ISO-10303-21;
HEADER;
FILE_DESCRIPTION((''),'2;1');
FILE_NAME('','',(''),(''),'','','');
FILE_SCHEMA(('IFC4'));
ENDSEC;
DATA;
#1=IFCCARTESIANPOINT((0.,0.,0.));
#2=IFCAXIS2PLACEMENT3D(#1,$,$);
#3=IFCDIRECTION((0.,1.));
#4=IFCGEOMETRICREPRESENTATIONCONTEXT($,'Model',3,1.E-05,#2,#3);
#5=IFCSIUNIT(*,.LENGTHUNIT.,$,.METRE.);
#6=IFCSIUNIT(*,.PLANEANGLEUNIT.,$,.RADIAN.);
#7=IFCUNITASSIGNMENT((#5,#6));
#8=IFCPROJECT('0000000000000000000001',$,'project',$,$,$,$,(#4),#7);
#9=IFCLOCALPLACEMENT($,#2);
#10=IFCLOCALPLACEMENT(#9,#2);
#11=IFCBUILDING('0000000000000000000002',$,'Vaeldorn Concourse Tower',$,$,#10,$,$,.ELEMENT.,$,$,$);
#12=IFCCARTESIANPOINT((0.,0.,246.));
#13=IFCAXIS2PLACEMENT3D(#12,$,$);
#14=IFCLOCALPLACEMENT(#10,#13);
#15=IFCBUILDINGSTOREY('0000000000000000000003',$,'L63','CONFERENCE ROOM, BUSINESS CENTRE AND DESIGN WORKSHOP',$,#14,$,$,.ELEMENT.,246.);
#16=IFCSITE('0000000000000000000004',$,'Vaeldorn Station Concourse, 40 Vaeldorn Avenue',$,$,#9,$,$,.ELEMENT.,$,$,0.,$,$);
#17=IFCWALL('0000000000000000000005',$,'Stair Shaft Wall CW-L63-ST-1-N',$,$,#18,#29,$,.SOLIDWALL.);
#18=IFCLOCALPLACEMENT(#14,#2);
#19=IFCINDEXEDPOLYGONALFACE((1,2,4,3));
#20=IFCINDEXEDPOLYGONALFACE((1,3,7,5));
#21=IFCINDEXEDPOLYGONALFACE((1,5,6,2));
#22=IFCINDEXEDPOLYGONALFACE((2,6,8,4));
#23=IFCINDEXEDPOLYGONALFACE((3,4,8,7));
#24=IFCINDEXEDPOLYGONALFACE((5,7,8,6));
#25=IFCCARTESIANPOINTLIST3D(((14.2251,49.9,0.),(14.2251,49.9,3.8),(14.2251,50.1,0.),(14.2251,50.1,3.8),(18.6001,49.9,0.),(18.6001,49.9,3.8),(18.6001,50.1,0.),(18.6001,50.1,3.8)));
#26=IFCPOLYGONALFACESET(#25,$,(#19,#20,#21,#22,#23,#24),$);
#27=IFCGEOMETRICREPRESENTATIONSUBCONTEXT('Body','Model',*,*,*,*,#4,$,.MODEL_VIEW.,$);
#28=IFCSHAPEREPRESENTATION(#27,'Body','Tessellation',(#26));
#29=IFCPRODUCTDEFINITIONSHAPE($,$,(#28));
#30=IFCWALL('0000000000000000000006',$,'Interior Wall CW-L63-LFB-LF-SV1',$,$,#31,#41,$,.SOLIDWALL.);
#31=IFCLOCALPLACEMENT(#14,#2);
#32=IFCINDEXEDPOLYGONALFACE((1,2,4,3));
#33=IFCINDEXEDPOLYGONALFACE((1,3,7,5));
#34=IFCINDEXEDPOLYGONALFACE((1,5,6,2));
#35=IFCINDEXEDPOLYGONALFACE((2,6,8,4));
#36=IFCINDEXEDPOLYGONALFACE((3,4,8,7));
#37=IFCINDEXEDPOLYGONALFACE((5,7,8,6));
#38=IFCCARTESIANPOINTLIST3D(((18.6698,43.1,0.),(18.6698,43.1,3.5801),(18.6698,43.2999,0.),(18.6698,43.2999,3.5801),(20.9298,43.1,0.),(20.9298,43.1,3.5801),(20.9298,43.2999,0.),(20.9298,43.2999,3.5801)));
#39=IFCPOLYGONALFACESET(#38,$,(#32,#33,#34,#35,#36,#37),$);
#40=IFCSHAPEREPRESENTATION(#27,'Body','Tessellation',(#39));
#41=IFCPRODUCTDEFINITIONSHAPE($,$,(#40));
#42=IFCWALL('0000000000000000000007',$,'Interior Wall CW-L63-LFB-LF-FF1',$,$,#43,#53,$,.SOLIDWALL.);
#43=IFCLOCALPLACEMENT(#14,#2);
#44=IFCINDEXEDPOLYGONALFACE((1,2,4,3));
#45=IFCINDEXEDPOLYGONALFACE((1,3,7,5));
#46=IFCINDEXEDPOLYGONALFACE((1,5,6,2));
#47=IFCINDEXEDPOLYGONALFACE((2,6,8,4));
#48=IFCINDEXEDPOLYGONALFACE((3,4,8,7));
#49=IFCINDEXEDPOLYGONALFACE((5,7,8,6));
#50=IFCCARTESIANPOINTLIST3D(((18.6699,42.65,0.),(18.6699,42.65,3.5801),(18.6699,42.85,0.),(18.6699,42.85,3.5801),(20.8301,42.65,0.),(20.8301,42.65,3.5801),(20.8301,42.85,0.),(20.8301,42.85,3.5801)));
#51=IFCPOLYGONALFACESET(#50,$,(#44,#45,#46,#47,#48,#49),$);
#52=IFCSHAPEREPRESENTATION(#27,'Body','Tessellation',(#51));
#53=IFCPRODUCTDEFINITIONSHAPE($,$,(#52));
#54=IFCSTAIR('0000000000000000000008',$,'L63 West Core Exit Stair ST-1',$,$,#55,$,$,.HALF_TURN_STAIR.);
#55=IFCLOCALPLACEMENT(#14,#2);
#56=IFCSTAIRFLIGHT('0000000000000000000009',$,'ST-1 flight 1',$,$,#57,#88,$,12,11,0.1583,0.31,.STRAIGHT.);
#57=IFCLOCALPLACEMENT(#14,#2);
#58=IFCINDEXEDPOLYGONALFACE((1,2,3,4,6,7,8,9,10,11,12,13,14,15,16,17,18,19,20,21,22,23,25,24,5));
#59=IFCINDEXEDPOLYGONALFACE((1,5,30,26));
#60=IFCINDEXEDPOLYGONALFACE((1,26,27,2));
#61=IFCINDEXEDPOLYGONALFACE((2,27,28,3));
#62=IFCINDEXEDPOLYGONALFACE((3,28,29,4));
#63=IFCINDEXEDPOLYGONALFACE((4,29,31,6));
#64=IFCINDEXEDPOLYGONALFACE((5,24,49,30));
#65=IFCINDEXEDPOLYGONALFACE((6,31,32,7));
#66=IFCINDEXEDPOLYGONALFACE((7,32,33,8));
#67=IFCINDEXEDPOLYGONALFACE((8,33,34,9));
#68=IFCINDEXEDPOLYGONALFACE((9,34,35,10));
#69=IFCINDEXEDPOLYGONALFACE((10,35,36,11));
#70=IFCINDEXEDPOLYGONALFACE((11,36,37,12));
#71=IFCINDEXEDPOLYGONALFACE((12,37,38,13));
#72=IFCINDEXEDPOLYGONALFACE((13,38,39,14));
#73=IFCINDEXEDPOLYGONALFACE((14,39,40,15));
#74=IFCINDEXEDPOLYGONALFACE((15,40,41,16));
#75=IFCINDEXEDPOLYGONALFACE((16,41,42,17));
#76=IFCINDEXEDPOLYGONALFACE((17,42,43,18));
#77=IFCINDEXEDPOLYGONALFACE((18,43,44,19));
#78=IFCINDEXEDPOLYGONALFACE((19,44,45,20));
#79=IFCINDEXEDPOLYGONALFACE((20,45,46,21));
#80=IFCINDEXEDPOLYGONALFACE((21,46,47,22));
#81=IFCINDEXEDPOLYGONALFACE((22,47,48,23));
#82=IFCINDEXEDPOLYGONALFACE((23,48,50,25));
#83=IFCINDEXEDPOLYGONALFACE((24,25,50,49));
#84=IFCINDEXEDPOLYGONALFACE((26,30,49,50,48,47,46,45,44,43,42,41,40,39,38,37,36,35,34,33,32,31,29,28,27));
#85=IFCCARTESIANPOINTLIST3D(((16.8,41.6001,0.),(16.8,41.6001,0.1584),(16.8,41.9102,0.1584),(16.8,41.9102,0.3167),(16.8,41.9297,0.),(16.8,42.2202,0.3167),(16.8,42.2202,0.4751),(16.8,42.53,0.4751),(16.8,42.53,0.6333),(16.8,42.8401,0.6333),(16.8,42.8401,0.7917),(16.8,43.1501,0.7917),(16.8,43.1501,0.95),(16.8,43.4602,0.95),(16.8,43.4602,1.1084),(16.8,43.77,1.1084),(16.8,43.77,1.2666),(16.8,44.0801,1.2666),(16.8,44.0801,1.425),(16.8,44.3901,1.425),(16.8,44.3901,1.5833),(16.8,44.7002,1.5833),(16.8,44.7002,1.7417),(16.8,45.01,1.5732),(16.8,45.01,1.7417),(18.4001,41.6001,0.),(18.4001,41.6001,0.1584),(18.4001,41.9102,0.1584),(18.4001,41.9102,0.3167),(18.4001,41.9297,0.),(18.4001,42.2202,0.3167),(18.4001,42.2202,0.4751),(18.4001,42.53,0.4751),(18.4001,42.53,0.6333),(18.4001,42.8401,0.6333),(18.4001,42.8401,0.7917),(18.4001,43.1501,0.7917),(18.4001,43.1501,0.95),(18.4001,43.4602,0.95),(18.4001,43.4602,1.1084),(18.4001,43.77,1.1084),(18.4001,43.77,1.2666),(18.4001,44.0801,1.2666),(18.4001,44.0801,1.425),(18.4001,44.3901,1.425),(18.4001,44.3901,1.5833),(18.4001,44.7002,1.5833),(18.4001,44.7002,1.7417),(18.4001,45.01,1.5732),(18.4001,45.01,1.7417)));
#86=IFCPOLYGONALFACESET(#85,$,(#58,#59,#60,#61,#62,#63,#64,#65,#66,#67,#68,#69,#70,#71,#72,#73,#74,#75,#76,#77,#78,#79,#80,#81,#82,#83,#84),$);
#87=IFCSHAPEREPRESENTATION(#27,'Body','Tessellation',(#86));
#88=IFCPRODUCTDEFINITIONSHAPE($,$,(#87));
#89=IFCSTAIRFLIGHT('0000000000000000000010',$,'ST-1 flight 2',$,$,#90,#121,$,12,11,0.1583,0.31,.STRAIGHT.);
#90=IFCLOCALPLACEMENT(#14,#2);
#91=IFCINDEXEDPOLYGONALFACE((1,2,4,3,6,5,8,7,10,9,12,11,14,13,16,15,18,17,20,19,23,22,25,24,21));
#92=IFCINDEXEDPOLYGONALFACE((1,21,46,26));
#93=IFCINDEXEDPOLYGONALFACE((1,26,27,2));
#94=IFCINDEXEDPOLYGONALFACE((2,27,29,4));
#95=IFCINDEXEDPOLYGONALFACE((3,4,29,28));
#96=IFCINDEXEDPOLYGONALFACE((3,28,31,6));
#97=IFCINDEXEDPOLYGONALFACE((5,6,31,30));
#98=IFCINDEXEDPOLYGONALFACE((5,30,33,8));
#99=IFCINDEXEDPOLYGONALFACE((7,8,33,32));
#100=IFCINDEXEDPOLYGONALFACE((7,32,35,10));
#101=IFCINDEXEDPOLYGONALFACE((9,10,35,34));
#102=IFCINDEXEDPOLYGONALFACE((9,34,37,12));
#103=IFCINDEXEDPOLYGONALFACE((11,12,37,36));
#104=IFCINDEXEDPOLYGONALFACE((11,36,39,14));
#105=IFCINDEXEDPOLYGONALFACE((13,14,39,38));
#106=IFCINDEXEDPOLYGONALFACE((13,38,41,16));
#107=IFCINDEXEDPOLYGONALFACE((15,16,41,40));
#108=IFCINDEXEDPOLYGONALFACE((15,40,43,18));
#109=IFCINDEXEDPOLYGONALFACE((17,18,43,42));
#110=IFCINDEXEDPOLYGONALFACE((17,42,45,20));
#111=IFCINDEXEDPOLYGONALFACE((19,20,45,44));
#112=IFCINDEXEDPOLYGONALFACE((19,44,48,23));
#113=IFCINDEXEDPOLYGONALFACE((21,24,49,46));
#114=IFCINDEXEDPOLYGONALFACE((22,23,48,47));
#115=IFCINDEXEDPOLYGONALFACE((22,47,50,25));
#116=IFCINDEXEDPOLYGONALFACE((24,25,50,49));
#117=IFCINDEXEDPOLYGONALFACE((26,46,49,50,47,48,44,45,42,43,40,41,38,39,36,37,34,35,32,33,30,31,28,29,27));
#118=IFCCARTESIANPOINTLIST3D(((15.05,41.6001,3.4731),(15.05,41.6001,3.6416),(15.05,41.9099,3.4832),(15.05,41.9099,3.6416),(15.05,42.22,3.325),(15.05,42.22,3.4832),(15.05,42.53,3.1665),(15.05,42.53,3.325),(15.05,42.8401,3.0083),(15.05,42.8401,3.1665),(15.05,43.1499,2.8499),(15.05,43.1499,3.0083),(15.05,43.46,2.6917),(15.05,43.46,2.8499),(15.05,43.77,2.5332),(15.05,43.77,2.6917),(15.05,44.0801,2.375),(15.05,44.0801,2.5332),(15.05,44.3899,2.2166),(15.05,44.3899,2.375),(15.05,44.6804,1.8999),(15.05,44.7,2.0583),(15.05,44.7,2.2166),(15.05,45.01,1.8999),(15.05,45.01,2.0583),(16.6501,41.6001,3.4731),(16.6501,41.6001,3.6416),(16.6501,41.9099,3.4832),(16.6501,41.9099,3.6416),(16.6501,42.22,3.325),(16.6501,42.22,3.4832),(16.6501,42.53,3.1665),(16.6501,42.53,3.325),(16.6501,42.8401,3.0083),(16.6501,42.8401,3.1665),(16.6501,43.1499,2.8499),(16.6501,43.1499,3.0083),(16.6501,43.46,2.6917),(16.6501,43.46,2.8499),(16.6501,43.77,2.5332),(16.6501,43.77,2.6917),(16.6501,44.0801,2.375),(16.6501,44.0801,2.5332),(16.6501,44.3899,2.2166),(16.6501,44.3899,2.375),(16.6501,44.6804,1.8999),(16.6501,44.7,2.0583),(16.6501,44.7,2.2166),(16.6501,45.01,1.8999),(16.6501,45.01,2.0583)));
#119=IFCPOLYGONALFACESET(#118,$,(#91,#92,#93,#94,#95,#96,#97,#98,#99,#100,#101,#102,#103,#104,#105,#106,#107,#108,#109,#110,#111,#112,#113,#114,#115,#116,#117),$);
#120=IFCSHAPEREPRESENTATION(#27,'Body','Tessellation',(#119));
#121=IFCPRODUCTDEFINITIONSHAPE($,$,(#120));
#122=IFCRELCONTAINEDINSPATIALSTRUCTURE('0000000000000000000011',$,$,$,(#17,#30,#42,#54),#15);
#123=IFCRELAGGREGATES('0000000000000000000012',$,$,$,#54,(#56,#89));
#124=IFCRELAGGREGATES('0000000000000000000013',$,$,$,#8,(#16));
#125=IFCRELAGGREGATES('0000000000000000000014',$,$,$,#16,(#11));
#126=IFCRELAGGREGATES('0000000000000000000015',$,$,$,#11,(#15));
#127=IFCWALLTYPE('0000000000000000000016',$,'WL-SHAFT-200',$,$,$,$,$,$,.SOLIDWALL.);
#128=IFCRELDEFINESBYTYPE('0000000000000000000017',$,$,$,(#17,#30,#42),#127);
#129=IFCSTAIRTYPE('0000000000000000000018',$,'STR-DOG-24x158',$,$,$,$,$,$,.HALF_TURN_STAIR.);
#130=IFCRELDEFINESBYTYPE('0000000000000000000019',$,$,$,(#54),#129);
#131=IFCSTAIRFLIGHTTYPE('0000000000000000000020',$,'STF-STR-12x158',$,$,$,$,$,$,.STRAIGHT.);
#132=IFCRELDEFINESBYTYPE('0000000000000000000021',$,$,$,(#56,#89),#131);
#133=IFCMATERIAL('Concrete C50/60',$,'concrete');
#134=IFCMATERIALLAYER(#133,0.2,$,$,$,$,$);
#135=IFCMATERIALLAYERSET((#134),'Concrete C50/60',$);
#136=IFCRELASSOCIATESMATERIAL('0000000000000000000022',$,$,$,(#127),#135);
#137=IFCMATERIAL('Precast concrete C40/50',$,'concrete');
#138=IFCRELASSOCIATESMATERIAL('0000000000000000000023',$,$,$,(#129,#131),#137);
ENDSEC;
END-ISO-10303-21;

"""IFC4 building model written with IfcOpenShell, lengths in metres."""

from ifc_helpers import new_model, si_unit, direction, frame, frame_2d, origin, place, context, subcontext, project, spatial, polyline, rectangle, outline, extrude, material, layer, layer_set, type_object, element, aggregate, save


model = new_model("IFC4")

# Units and contexts
model_context = context("Model", 3, precision=1e-05, world=origin(), true_north=direction((0.0, 1.0)))
body_context = subcontext(model_context, "Body", "Model", "MODEL_VIEW")
ifc_project = project(units=[si_unit("LENGTHUNIT", "METRE"), si_unit("PLANEANGLEUNIT", "RADIAN")], contexts=[model_context])

# Site, building, storey
site_placement = place(None, origin())
site = spatial("IfcSite", under=ifc_project, at=site_placement, Name="Vaeldorn Station Concourse, 40 Vaeldorn Avenue", CompositionType="ELEMENT", RefElevation=0.0)
building_placement = place(site_placement, origin())
building = spatial("IfcBuilding", under=site, at=building_placement, Name="Vaeldorn Concourse Tower", CompositionType="ELEMENT")
storey_placement = place(building_placement, frame((0.0, 0.0, 246.0)))
storey = spatial("IfcBuildingStorey", under=building, at=storey_placement, Name="L63", Description="CONFERENCE ROOM, BUSINESS CENTRE AND DESIGN WORKSHOP", CompositionType="ELEMENT", Elevation=246.0)

# Shared definitions
ifc_material_1 = material(Name="Concrete C50/60", Category="concrete")

# Wall
ifc_layer_1 = layer(ifc_material_1, 0.2)
ifc_layer_set_1 = layer_set([ifc_layer_1], Name="Concrete C50/60")
wall_type_1 = type_object("IfcWallType", Name="WL-SHAFT-200", PredefinedType="SOLIDWALL", material=ifc_layer_set_1)
wall_1_placement = place(storey_placement, frame((14.2251, 50.0, 0.0), z_axis=(0.0, 0.0, 1.0), x_axis=(1.0, 0.0, 0.0)))
element("IfcWall", 1, at=wall_1_placement, inside=storey, type_object=wall_type_1, Name="Stair Shaft Wall CW-L63-ST-1-N", PredefinedType="SOLIDWALL", context=body_context, shape_type="SweptSolid", body=[
    extrude(rectangle(XDim=4.375, YDim=0.2, at=frame_2d((2.1875, 0.0))), origin(), (0.0, 0.0, 1.0), 3.8),
])

# Walls
wall_2_placement = place(storey_placement, frame((18.6699, 43.2, 0.0), z_axis=(0.0, 0.0, 1.0), x_axis=(1.0, 0.0, 0.0)))
element("IfcWall", 2, at=wall_2_placement, inside=storey, type_object=wall_type_1, Name="Interior Wall CW-L63-LFB-LF-SV1", PredefinedType="SOLIDWALL", context=body_context, shape_type="SweptSolid", body=[
    extrude(rectangle(XDim=2.26, YDim=0.2, at=frame_2d((1.1299, 0.0))), origin(), (0.0, 0.0, 1.0), 3.5801),
])
wall_3_placement = place(storey_placement, frame((18.6699, 42.75, 0.0), z_axis=(0.0, 0.0, 1.0), x_axis=(1.0, 0.0, 0.0)))
element("IfcWall", 3, at=wall_3_placement, inside=storey, type_object=wall_type_1, Name="Interior Wall CW-L63-LFB-LF-FF1", PredefinedType="SOLIDWALL", context=body_context, shape_type="SweptSolid", body=[
    extrude(rectangle(XDim=2.1602, YDim=0.2, at=frame_2d((1.0801, 0.0))), origin(), (0.0, 0.0, 1.0), 3.5801),
])

# Stair, stair flights
ifc_material_2 = material(Name="Precast concrete C40/50", Category="concrete")
stair_type = type_object("IfcStairType", Name="STR-DOG-24x158", PredefinedType="HALF_TURN_STAIR", material=ifc_material_2)
stair_placement = place(storey_placement, origin())
stair = element("IfcStair", 4, at=stair_placement, inside=storey, type_object=stair_type, Name="L63 West Core Exit Stair ST-1", PredefinedType="HALF_TURN_STAIR")
stair_flight_type = type_object("IfcStairFlightType", Name="STF-STR-12x158", PredefinedType="STRAIGHT", material=ifc_material_2)
stair_flight_1_placement = place(storey_placement, frame((17.6001, 41.6001, 0.0), z_axis=(0.0, 0.0, 1.0), x_axis=(0.0, 1.0, 0.0)))
stair_flight_1 = element("IfcStairFlight", 5, at=stair_flight_1_placement, type_object=stair_flight_type, Name="ST-1 flight 1", NumberOfRisers=12, NumberOfTreads=11, PredefinedType="STRAIGHT", RiserHeight=0.1583, TreadLength=0.31, context=body_context, shape_type="SweptSolid", body=[
    extrude(outline(polyline([(0.0, 0.0), (0.0, 0.1584), (0.3101, 0.1584), (0.3101, 0.3167), (0.6201, 0.3167), (0.6201, 0.4751), (0.9299, 0.4751), (0.9299, 0.6333), (1.24, 0.6333), (1.24, 0.7917), (1.55, 0.7917), (1.55, 0.95), (1.8601, 0.95), (1.8601, 1.1084), (2.1699, 1.1084), (2.1699, 1.2666), (2.48, 1.2666), (2.48, 1.425), (2.79, 1.425), (2.79, 1.5833), (3.1001, 1.5833), (3.1001, 1.7417), (3.4099, 1.7417), (3.4099, 1.8999), (3.4099, 1.5732), (0.3296, 0.0), (0.0, 0.0)])), frame((0.0, 0.8, 0.0), z_axis=(0.0, -1.0, 0.0), x_axis=(1.0, 0.0, 0.0)), (0.0, 0.0, 1.0), 1.6001),
])
stair_flight_2_placement = place(storey_placement, frame((15.8501, 45.01, 1.8999), z_axis=(0.0, 0.0, 1.0), x_axis=(0.0, -1.0, 0.0)))
stair_flight_2 = element("IfcStairFlight", 6, at=stair_flight_2_placement, type_object=stair_flight_type, Name="ST-1 flight 2", NumberOfRisers=12, NumberOfTreads=11, PredefinedType="STRAIGHT", RiserHeight=0.1583, TreadLength=0.31, context=body_context, shape_type="SweptSolid", body=[
    extrude(outline(polyline([(0.0, 0.0), (0.0, 0.1584), (0.3101, 0.1584), (0.3101, 0.3167), (0.6201, 0.3167), (0.6201, 0.4751), (0.9299, 0.4751), (0.9299, 0.6333), (1.24, 0.6333), (1.24, 0.7917), (1.55, 0.7917), (1.55, 0.95), (1.8601, 0.95), (1.8601, 1.1084), (2.1699, 1.1084), (2.1699, 1.2666), (2.48, 1.2666), (2.48, 1.425), (2.79, 1.425), (2.79, 1.5833), (3.1001, 1.5833), (3.1001, 1.7417), (3.4099, 1.7417), (3.4099, 1.8999), (3.4099, 1.5732), (0.3296, 0.0), (0.0, 0.0)])), frame((0.0, 0.8, 0.0), z_axis=(0.0, -1.0, 0.0), x_axis=(1.0, 0.0, 0.0)), (0.0, 0.0, 1.0), 1.6001),
])
aggregate(stair, [stair_flight_1, stair_flight_2])

save(model, "model.ifc")
